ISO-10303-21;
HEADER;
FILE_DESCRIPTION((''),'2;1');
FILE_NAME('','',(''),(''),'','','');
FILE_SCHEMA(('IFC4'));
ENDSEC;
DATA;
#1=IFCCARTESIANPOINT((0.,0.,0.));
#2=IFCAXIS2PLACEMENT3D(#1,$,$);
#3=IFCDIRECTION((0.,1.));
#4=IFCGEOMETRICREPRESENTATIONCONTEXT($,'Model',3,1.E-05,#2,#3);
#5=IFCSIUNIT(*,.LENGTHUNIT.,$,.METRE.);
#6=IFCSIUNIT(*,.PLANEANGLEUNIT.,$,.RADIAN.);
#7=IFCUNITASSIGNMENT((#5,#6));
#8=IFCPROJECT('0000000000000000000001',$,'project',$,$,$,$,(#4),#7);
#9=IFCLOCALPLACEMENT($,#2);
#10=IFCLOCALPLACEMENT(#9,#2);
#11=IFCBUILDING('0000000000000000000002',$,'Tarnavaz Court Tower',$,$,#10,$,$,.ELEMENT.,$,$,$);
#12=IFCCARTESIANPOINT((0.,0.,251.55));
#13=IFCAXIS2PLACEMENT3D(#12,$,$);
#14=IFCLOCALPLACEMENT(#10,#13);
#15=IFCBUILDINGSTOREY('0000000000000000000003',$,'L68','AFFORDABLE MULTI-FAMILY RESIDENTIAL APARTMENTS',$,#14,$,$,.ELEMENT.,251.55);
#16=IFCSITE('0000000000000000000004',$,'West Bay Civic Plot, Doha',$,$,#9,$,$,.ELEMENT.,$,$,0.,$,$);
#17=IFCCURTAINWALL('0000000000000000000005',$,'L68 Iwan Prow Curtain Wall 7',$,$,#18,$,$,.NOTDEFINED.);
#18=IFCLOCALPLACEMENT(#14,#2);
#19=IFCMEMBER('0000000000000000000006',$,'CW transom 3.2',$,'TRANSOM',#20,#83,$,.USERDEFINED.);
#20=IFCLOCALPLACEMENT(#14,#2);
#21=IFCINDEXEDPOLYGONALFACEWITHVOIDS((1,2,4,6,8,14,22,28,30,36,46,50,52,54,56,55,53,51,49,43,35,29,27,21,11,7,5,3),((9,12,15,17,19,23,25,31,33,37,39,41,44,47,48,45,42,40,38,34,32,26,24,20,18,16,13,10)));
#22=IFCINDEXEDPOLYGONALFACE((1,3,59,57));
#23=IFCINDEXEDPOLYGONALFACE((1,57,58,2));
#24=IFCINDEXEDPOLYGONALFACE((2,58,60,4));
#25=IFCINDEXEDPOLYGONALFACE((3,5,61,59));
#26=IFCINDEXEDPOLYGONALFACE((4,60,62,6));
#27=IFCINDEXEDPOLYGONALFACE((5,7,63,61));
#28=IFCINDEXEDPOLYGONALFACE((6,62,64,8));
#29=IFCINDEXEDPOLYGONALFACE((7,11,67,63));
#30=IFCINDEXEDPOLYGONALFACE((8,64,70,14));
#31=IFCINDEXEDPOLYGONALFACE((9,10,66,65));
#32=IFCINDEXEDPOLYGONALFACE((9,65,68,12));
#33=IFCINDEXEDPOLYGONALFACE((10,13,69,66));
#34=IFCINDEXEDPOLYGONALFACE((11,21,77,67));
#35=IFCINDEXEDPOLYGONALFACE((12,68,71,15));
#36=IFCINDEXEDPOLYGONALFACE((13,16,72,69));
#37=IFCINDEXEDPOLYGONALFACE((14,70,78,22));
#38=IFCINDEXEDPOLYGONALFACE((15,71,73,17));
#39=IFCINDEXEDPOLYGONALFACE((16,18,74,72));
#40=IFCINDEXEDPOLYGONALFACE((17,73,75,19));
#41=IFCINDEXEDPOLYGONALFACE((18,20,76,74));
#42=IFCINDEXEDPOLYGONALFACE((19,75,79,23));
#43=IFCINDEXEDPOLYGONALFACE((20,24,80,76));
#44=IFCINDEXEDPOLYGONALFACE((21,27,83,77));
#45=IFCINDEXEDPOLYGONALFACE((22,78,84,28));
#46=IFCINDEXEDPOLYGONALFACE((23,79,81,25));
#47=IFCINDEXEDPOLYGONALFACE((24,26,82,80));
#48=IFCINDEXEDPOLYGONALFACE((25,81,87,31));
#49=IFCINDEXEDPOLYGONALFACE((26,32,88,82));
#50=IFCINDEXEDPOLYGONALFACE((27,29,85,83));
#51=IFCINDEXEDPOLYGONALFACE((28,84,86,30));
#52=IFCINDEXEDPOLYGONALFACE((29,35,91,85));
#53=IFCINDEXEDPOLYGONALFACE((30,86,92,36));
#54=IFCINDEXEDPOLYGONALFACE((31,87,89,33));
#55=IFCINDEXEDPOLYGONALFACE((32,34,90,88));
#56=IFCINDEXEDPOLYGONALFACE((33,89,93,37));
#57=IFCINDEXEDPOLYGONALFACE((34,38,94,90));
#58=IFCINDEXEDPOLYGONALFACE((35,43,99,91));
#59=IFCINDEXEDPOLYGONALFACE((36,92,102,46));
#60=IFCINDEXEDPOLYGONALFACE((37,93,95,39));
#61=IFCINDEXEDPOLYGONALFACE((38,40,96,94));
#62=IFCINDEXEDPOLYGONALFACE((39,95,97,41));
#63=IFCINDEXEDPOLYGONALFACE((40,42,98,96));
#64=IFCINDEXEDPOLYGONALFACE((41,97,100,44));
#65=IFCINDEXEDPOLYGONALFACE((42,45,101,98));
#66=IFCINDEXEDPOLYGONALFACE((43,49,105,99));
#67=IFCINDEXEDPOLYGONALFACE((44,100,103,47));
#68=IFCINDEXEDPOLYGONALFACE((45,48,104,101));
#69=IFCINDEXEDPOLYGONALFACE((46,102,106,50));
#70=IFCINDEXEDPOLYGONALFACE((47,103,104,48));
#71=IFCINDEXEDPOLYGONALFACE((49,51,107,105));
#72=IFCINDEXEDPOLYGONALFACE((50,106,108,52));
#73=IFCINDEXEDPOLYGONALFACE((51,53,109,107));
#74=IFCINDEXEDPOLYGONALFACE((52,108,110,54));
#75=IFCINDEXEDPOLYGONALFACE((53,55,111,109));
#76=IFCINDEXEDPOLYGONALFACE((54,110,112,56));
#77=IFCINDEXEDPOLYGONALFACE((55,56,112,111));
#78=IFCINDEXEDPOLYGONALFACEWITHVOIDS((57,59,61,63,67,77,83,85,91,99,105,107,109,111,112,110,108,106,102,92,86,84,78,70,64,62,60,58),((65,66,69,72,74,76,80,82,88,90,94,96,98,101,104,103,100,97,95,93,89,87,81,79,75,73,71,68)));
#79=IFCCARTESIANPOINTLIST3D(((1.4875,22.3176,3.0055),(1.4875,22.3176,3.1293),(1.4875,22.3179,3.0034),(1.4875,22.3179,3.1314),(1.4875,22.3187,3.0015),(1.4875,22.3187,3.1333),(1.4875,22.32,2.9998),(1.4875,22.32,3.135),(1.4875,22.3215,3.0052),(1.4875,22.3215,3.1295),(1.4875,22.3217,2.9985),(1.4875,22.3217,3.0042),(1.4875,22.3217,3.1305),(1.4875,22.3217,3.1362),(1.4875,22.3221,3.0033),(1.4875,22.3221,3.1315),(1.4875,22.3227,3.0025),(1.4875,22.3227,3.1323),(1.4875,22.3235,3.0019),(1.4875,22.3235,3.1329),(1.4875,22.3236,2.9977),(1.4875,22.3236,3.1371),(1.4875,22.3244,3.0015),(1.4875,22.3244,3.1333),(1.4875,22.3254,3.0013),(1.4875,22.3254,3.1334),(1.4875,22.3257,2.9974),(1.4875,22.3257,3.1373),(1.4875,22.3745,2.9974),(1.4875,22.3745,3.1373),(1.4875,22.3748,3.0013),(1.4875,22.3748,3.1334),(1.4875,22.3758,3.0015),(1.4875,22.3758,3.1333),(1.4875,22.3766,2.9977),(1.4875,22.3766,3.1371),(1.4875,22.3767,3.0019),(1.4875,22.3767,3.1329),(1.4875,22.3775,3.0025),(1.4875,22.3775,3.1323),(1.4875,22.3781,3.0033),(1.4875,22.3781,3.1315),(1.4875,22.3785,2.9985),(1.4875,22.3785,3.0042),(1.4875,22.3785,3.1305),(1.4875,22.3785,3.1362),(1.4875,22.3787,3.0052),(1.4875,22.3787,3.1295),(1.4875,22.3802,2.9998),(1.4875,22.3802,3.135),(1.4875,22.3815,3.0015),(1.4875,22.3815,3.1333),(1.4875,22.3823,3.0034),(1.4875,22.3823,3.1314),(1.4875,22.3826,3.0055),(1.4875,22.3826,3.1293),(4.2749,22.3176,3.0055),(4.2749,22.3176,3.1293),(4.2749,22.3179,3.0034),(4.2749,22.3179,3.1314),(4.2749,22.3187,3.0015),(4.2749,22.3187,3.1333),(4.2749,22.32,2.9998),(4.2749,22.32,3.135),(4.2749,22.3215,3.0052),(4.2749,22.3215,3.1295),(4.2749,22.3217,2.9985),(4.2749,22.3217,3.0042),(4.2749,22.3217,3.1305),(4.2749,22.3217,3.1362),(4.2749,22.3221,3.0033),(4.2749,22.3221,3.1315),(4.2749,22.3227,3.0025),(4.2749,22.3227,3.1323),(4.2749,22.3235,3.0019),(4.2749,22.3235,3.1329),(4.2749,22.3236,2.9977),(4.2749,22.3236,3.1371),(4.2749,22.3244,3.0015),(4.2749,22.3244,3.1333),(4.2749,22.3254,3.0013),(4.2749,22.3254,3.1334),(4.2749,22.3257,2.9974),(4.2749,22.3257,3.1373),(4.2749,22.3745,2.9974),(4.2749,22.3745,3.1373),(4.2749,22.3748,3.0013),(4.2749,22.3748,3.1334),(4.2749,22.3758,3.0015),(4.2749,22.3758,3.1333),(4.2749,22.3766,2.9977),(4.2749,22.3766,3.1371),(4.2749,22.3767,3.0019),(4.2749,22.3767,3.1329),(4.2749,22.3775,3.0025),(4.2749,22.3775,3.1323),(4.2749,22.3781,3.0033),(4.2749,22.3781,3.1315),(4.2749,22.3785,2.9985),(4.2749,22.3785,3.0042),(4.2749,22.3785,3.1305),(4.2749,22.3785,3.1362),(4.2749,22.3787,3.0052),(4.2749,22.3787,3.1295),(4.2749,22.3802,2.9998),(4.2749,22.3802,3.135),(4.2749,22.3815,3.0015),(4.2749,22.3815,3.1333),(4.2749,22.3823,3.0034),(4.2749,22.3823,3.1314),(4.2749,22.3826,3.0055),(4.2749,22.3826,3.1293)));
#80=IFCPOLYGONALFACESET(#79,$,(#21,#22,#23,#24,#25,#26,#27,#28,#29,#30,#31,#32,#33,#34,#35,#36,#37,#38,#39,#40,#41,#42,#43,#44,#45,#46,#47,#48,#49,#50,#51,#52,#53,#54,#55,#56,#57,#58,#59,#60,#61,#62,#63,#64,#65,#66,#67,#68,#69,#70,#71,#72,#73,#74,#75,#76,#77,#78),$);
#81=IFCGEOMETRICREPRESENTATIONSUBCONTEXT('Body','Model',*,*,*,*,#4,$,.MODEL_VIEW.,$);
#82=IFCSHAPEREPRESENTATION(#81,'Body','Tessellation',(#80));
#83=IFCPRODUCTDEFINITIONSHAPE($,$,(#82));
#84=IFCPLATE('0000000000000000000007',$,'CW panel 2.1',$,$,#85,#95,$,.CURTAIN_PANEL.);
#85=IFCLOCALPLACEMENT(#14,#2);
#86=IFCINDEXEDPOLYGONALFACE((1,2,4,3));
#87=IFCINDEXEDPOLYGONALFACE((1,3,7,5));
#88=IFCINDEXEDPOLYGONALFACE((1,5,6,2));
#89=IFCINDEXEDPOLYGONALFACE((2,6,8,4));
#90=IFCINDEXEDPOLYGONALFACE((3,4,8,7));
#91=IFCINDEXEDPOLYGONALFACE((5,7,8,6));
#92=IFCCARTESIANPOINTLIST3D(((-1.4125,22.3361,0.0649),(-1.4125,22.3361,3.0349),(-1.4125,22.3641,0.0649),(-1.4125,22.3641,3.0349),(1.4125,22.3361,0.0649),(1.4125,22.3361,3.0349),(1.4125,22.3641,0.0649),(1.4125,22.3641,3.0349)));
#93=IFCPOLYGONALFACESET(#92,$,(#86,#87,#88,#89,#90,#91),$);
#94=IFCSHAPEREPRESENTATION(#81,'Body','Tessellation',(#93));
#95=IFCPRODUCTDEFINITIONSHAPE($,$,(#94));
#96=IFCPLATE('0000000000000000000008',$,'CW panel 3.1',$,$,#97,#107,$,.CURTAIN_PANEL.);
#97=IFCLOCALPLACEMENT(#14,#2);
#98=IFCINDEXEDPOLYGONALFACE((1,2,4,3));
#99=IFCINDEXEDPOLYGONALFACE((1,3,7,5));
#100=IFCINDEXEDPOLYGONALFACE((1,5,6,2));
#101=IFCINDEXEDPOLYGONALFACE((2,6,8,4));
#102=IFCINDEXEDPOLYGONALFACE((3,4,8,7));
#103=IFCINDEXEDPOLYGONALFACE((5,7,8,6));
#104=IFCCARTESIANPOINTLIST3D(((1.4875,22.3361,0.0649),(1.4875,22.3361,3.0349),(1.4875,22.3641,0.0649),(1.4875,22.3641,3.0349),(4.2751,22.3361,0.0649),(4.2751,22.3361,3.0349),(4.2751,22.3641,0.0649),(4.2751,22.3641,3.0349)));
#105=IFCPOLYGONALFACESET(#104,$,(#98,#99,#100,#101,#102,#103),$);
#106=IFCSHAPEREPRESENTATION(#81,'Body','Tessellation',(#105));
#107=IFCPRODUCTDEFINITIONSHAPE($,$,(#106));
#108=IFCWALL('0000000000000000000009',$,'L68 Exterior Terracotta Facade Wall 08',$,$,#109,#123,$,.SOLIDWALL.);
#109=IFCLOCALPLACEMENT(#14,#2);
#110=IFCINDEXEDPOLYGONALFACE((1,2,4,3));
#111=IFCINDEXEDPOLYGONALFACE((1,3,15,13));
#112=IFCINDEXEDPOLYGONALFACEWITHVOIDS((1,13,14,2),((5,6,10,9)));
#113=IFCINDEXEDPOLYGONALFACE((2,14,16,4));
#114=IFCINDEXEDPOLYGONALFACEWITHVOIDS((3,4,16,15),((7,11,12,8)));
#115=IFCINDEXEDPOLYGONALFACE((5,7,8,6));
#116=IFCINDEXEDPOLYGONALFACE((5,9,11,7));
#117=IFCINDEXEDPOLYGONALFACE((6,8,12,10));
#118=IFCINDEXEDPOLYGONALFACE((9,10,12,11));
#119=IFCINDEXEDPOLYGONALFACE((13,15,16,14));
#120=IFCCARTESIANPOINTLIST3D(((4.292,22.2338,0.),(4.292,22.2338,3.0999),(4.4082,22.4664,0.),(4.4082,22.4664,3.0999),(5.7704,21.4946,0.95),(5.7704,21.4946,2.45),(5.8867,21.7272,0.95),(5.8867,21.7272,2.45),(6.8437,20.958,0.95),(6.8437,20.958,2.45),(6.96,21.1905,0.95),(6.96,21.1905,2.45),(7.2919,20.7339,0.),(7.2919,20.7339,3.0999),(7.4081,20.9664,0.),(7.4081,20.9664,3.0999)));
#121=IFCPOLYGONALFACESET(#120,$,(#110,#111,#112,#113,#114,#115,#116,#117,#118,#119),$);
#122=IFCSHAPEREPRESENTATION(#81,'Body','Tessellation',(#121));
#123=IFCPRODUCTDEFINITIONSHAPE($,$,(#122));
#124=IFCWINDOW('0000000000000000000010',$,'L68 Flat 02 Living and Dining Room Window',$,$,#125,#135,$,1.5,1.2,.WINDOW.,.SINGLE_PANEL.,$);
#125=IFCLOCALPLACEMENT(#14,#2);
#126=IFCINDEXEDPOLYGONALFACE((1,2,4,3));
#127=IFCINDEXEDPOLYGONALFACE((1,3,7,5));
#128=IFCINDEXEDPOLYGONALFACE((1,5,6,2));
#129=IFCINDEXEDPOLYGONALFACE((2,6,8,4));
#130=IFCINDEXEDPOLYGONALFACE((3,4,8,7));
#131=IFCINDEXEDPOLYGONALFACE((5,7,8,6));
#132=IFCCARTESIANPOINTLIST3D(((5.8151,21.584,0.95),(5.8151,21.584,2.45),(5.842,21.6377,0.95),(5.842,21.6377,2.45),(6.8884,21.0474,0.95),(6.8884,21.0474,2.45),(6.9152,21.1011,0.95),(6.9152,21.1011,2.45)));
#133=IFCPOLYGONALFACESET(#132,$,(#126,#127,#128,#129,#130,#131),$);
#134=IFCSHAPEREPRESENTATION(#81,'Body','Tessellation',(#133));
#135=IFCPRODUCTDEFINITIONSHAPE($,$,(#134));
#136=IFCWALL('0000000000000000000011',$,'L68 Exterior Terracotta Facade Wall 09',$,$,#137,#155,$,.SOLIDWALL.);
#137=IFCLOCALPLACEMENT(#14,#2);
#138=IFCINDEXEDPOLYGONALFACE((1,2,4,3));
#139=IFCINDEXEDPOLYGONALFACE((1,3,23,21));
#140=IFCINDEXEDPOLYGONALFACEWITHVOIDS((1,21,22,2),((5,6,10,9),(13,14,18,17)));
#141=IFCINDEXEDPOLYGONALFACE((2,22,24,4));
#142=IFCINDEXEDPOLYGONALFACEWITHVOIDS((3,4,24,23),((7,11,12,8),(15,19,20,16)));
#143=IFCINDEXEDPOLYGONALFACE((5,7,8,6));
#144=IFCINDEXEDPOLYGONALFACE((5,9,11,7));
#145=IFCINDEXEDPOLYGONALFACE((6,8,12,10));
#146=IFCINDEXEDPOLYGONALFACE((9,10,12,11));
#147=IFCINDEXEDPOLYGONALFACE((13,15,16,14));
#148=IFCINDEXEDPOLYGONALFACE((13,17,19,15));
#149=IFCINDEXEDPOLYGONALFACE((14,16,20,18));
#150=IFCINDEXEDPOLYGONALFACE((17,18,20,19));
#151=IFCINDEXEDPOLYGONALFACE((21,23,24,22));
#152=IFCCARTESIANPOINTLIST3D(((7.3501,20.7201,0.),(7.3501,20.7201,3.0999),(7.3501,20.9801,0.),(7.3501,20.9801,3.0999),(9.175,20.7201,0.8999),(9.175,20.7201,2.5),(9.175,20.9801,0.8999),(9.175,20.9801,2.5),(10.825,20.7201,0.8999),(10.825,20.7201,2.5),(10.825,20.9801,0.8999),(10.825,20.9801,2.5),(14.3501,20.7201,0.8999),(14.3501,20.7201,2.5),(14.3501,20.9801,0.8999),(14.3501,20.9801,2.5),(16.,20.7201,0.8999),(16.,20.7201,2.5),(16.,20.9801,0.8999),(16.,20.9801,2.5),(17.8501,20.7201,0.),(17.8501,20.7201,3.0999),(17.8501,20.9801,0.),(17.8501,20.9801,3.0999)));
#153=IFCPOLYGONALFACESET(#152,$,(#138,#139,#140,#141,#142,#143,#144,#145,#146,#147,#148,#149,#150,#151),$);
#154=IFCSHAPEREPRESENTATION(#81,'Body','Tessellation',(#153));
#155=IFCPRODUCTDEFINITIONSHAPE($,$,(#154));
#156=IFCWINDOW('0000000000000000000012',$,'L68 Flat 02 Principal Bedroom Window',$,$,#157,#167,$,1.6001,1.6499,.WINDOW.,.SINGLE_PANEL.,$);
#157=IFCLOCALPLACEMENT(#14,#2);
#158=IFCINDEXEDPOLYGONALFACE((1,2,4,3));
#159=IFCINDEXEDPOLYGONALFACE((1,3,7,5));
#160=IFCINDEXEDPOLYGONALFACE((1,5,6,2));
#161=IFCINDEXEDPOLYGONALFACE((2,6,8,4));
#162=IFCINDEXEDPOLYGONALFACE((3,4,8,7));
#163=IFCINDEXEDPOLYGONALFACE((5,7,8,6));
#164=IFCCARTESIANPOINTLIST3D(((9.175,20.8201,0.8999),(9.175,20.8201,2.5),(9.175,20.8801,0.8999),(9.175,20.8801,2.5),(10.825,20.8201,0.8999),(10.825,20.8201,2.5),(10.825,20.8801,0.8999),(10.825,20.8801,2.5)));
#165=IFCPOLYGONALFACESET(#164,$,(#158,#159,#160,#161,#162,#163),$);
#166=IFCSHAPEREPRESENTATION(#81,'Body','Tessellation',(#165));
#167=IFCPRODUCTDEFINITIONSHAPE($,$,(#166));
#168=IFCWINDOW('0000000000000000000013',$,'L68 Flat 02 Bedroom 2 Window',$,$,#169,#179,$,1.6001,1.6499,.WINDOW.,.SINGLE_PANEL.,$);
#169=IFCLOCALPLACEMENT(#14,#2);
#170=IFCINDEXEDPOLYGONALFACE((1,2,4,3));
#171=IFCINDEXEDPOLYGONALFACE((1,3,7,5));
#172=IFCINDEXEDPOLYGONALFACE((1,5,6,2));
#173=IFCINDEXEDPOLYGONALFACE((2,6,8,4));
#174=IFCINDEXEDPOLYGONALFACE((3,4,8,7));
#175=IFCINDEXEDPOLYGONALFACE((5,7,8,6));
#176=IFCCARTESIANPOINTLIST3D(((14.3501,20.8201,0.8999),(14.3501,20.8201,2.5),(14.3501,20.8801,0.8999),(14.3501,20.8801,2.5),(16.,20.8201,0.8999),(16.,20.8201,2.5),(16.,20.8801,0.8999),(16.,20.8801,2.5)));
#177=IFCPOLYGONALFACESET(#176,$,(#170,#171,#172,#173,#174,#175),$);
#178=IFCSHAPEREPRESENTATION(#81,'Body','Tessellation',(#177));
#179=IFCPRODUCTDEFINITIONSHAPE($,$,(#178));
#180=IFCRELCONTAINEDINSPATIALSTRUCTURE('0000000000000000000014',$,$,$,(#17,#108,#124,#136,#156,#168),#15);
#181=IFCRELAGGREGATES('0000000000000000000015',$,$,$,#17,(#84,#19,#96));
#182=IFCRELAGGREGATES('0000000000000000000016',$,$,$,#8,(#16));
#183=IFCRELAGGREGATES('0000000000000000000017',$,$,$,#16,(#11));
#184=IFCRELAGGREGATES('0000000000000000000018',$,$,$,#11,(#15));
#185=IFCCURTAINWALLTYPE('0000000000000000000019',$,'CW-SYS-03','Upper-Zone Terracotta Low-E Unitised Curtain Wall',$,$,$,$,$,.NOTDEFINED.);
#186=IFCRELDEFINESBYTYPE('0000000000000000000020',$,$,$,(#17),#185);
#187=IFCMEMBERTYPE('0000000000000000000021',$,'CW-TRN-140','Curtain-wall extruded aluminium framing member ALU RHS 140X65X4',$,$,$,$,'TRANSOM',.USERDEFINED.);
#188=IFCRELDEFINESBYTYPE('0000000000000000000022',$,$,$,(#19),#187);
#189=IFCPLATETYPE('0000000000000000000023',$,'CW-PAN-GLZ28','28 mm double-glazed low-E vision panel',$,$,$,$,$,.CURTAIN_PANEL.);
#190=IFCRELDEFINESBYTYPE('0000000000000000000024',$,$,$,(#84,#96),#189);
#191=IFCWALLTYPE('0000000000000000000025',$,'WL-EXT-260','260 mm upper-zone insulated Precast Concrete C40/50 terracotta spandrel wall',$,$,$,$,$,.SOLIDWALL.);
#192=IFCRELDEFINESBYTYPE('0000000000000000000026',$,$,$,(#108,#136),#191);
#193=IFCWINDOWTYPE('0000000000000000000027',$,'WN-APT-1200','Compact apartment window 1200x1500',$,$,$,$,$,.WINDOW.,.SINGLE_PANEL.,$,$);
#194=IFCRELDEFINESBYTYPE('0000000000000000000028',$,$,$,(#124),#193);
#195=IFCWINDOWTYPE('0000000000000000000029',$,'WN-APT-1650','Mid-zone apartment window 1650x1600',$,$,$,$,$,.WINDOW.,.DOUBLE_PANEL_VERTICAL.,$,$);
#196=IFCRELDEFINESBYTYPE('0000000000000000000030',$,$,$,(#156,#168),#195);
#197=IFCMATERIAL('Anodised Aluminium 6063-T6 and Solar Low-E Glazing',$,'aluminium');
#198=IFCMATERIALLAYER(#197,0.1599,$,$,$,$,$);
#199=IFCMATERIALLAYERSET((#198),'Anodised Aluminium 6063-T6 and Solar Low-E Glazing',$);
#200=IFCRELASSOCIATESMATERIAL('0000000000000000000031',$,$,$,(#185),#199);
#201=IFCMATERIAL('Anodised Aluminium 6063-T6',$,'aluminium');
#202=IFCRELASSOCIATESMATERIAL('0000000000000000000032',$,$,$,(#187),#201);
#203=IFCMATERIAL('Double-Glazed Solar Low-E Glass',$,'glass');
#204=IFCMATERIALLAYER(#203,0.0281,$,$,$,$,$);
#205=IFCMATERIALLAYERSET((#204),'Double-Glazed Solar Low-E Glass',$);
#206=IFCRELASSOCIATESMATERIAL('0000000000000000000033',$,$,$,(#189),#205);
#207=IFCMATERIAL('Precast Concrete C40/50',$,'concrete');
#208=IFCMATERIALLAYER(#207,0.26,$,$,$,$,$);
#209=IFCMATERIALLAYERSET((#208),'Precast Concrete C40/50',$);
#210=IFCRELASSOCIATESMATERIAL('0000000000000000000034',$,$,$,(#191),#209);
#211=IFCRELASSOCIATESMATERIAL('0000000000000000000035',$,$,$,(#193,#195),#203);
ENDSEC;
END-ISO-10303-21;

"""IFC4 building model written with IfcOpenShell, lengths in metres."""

from ifc_helpers import new_model, si_unit, direction, frame, frame_2d, origin, origin_2d, place, context, subcontext, project, spatial, rectangle, hollow_rectangle, extrude, material, layer, layer_set, material_profile, profile_set, type_object, element, fill, aggregate, save


model = new_model("IFC4")

# Units and contexts
model_context = context("Model", 3, precision=1e-05, world=origin(), true_north=direction((0.0, 1.0)))
body_context = subcontext(model_context, "Body", "Model", "MODEL_VIEW")
ifc_project = project(units=[si_unit("LENGTHUNIT", "METRE"), si_unit("PLANEANGLEUNIT", "RADIAN")], contexts=[model_context])

# Site, building, storey
site_placement = place(None, origin())
site = spatial("IfcSite", under=ifc_project, at=site_placement, Name="West Bay Civic Plot, Doha", CompositionType="ELEMENT", RefElevation=0.0)
building_placement = place(site_placement, origin())
building = spatial("IfcBuilding", under=site, at=building_placement, Name="Tarnavaz Court Tower", CompositionType="ELEMENT")
storey_placement = place(building_placement, frame((0.0, 0.0, 251.55)))
storey = spatial("IfcBuildingStorey", under=building, at=storey_placement, Name="L68", Description="AFFORDABLE MULTI-FAMILY RESIDENTIAL APARTMENTS", CompositionType="ELEMENT", Elevation=251.55)

# Curtain wall, member, plates
ifc_material_1 = material(Name="Anodised Aluminium 6063-T6 and Solar Low-E Glazing", Category="aluminium")
ifc_layer_1 = layer(ifc_material_1, 0.1599)
ifc_layer_set_1 = layer_set([ifc_layer_1], Name="Anodised Aluminium 6063-T6 and Solar Low-E Glazing")
curtain_wall_type = type_object("IfcCurtainWallType", Name="CW-SYS-03", Description="Upper-Zone Terracotta Low-E Unitised Curtain Wall", PredefinedType="NOTDEFINED", material=ifc_layer_set_1)
curtain_wall_placement = place(storey_placement, origin())
curtain_wall = element("IfcCurtainWall", 1, at=curtain_wall_placement, inside=storey, type_object=curtain_wall_type, Name="L68 Iwan Prow Curtain Wall 7", PredefinedType="NOTDEFINED")
ifc_material_2 = material(Name="Anodised Aluminium 6063-T6", Category="aluminium")
ifc_material_profile_1 = material_profile(ifc_material_2, hollow_rectangle(XDim=0.0649, YDim=0.1399, WallThickness=0.0039, InnerFilletRadius=0.0039, OuterFilletRadius=0.0081, at=origin_2d()), Name="ALU RHS 140X65X4")
ifc_profile_set_1 = profile_set([ifc_material_profile_1], Name="Anodised Aluminium 6063-T6")
member_type_1 = type_object("IfcMemberType", Name="CW-TRN-140", Description="Curtain-wall extruded aluminium framing member ALU RHS 140X65X4", ElementType="TRANSOM", PredefinedType="USERDEFINED", material=ifc_profile_set_1)
member_1_placement = place(storey_placement, frame((1.4875, 22.3501, 3.0674), z_axis=(1.0, 0.0, 0.0), x_axis=(0.0, 1.0, 0.0)))
member_1 = element("IfcMember", 2, at=member_1_placement, type_object=member_type_1, Name="CW transom 3.2", ObjectType="TRANSOM", PredefinedType="USERDEFINED", context=body_context, shape_type="SweptSolid", body=[
    extrude(hollow_rectangle(XDim=0.0649, YDim=0.1399, WallThickness=0.0039, InnerFilletRadius=0.0039, OuterFilletRadius=0.0081, at=origin_2d()), origin(), (0.0, 0.0, 1.0), 2.7874),
])
ifc_material_3 = material(Name="Double-Glazed Solar Low-E Glass", Category="glass")
ifc_layer_2 = layer(ifc_material_3, 0.0281)
ifc_layer_set_2 = layer_set([ifc_layer_2], Name="Double-Glazed Solar Low-E Glass")
plate_type = type_object("IfcPlateType", Name="CW-PAN-GLZ28", Description="28 mm double-glazed low-E vision panel", PredefinedType="CURTAIN_PANEL", material=ifc_layer_set_2)
plate_1_placement = place(storey_placement, frame((0.0, 22.3501, 0.0649), z_axis=(0.0, 0.0, 1.0), x_axis=(1.0, 0.0, 0.0)))
plate_1 = element("IfcPlate", 3, at=plate_1_placement, type_object=plate_type, Name="CW panel 2.1", PredefinedType="CURTAIN_PANEL", context=body_context, shape_type="SweptSolid", body=[
    extrude(rectangle(XDim=2.825, YDim=0.0281, at=origin_2d()), origin(), (0.0, 0.0, 1.0), 2.97),
])
plate_2_placement = place(storey_placement, frame((2.8813, 22.3501, 0.0649), z_axis=(0.0, 0.0, 1.0), x_axis=(1.0, 0.0, 0.0)))
plate_2 = element("IfcPlate", 4, at=plate_2_placement, type_object=plate_type, Name="CW panel 3.1", PredefinedType="CURTAIN_PANEL", context=body_context, shape_type="SweptSolid", body=[
    extrude(rectangle(XDim=2.7876, YDim=0.0281, at=origin_2d()), origin(), (0.0, 0.0, 1.0), 2.97),
])
aggregate(curtain_wall, [plate_1, member_1, plate_2])

# Wall, opening, window
ifc_material_4 = material(Name="Precast Concrete C40/50", Category="concrete")
ifc_layer_3 = layer(ifc_material_4, 0.26)
ifc_layer_set_3 = layer_set([ifc_layer_3], Name="Precast Concrete C40/50")
wall_type_1 = type_object("IfcWallType", Name="WL-EXT-260", Description="260 mm upper-zone insulated Precast Concrete C40/50 terracotta spandrel wall", PredefinedType="SOLIDWALL", material=ifc_layer_set_3)
wall_1_placement = place(storey_placement, frame((4.3501, 22.3501, 0.0), z_axis=(0.0, 0.0, 1.0), x_axis=(0.894427, -0.447214, 0.0)))
wall_1 = element("IfcWall", 5, at=wall_1_placement, inside=storey, type_object=wall_type_1, Name="L68 Exterior Terracotta Facade Wall 08", PredefinedType="SOLIDWALL", context=body_context, shape_type="SweptSolid", body=[
    extrude(rectangle(XDim=3.354, YDim=0.26, at=frame_2d((1.677, 0.0))), origin(), (0.0, 0.0, 1.0), 3.0999),
])
opening_1_placement = place(wall_1_placement, frame((1.6528, 0.0, 0.95)))
opening_1 = element("IfcOpeningElement", 6, at=opening_1_placement, cuts=wall_1, PredefinedType="OPENING", context=body_context, shape_type="SweptSolid", body=[
    extrude(rectangle(XDim=1.2, YDim=1.5, at=frame_2d((0.6001, 0.75))), frame((0.0, 0.1399, 0.0), z_axis=(0.0, -1.0, 0.0), x_axis=(1.0, 0.0, 0.0)), (0.0, 0.0, 1.0), 0.28),
])
window_type_1 = type_object("IfcWindowType", Name="WN-APT-1200", Description="Compact apartment window 1200x1500", PartitioningType="SINGLE_PANEL", PredefinedType="WINDOW", material=ifc_material_3)
window_1_placement = place(opening_1_placement, origin())
window_1 = element("IfcWindow", 7, at=window_1_placement, inside=storey, type_object=window_type_1, Name="L68 Flat 02 Living and Dining Room Window", OverallHeight=1.5, OverallWidth=1.2, PartitioningType="SINGLE_PANEL", PredefinedType="WINDOW", context=body_context, shape_type="SweptSolid", body=[
    extrude(rectangle(XDim=1.2, YDim=1.5, at=frame_2d((0.6001, 0.75))), frame((0.0, 0.03, 0.0), z_axis=(0.0, -1.0, 0.0), x_axis=(1.0, 0.0, 0.0)), (0.0, 0.0, 1.0), 0.0601),
])
fill(opening_1, window_1)

# Wall, openings, windows
wall_2_placement = place(storey_placement, frame((7.3501, 20.8501, 0.0), z_axis=(0.0, 0.0, 1.0), x_axis=(1.0, 0.0, 0.0)))
wall_2 = element("IfcWall", 8, at=wall_2_placement, inside=storey, type_object=wall_type_1, Name="L68 Exterior Terracotta Facade Wall 09", PredefinedType="SOLIDWALL", context=body_context, shape_type="SweptSolid", body=[
    extrude(rectangle(XDim=10.5, YDim=0.26, at=frame_2d((5.25, 0.0))), origin(), (0.0, 0.0, 1.0), 3.0999),
])
opening_2_placement = place(wall_2_placement, frame((1.825, 0.0, 0.8999)))
opening_2 = element("IfcOpeningElement", 9, at=opening_2_placement, cuts=wall_2, PredefinedType="OPENING", context=body_context, shape_type="SweptSolid", body=[
    extrude(rectangle(XDim=1.6499, YDim=1.6001, at=frame_2d((0.825, 0.8))), frame((0.0, 0.1399, 0.0), z_axis=(0.0, -1.0, 0.0), x_axis=(1.0, 0.0, 0.0)), (0.0, 0.0, 1.0), 0.28),
])
opening_3_placement = place(wall_2_placement, frame((7.0, 0.0, 0.8999)))
opening_3 = element("IfcOpeningElement", 10, at=opening_3_placement, cuts=wall_2, PredefinedType="OPENING", context=body_context, shape_type="SweptSolid", body=[
    extrude(rectangle(XDim=1.6499, YDim=1.6001, at=frame_2d((0.825, 0.8))), frame((0.0, 0.1399, 0.0), z_axis=(0.0, -1.0, 0.0), x_axis=(1.0, 0.0, 0.0)), (0.0, 0.0, 1.0), 0.28),
])
window_type_2 = type_object("IfcWindowType", Name="WN-APT-1650", Description="Mid-zone apartment window 1650x1600", PartitioningType="DOUBLE_PANEL_VERTICAL", PredefinedType="WINDOW", material=ifc_material_3)
window_2_placement = place(opening_2_placement, origin())
window_2 = element("IfcWindow", 11, at=window_2_placement, inside=storey, type_object=window_type_2, Name="L68 Flat 02 Principal Bedroom Window", OverallHeight=1.6001, OverallWidth=1.6499, PartitioningType="SINGLE_PANEL", PredefinedType="WINDOW", context=body_context, shape_type="SweptSolid", body=[
    extrude(rectangle(XDim=1.6499, YDim=1.6001, at=frame_2d((0.825, 0.8))), frame((0.0, 0.03, 0.0), z_axis=(0.0, -1.0, 0.0), x_axis=(1.0, 0.0, 0.0)), (0.0, 0.0, 1.0), 0.0601),
])
fill(opening_2, window_2)
window_3_placement = place(opening_3_placement, origin())
window_3 = element("IfcWindow", 12, at=window_3_placement, inside=storey, type_object=window_type_2, Name="L68 Flat 02 Bedroom 2 Window", OverallHeight=1.6001, OverallWidth=1.6499, PartitioningType="SINGLE_PANEL", PredefinedType="WINDOW", context=body_context, shape_type="SweptSolid", body=[
    extrude(rectangle(XDim=1.6499, YDim=1.6001, at=frame_2d((0.825, 0.8))), frame((0.0, 0.03, 0.0), z_axis=(0.0, -1.0, 0.0), x_axis=(1.0, 0.0, 0.0)), (0.0, 0.0, 1.0), 0.0601),
])
fill(opening_3, window_3)

save(model, "model.ifc")
